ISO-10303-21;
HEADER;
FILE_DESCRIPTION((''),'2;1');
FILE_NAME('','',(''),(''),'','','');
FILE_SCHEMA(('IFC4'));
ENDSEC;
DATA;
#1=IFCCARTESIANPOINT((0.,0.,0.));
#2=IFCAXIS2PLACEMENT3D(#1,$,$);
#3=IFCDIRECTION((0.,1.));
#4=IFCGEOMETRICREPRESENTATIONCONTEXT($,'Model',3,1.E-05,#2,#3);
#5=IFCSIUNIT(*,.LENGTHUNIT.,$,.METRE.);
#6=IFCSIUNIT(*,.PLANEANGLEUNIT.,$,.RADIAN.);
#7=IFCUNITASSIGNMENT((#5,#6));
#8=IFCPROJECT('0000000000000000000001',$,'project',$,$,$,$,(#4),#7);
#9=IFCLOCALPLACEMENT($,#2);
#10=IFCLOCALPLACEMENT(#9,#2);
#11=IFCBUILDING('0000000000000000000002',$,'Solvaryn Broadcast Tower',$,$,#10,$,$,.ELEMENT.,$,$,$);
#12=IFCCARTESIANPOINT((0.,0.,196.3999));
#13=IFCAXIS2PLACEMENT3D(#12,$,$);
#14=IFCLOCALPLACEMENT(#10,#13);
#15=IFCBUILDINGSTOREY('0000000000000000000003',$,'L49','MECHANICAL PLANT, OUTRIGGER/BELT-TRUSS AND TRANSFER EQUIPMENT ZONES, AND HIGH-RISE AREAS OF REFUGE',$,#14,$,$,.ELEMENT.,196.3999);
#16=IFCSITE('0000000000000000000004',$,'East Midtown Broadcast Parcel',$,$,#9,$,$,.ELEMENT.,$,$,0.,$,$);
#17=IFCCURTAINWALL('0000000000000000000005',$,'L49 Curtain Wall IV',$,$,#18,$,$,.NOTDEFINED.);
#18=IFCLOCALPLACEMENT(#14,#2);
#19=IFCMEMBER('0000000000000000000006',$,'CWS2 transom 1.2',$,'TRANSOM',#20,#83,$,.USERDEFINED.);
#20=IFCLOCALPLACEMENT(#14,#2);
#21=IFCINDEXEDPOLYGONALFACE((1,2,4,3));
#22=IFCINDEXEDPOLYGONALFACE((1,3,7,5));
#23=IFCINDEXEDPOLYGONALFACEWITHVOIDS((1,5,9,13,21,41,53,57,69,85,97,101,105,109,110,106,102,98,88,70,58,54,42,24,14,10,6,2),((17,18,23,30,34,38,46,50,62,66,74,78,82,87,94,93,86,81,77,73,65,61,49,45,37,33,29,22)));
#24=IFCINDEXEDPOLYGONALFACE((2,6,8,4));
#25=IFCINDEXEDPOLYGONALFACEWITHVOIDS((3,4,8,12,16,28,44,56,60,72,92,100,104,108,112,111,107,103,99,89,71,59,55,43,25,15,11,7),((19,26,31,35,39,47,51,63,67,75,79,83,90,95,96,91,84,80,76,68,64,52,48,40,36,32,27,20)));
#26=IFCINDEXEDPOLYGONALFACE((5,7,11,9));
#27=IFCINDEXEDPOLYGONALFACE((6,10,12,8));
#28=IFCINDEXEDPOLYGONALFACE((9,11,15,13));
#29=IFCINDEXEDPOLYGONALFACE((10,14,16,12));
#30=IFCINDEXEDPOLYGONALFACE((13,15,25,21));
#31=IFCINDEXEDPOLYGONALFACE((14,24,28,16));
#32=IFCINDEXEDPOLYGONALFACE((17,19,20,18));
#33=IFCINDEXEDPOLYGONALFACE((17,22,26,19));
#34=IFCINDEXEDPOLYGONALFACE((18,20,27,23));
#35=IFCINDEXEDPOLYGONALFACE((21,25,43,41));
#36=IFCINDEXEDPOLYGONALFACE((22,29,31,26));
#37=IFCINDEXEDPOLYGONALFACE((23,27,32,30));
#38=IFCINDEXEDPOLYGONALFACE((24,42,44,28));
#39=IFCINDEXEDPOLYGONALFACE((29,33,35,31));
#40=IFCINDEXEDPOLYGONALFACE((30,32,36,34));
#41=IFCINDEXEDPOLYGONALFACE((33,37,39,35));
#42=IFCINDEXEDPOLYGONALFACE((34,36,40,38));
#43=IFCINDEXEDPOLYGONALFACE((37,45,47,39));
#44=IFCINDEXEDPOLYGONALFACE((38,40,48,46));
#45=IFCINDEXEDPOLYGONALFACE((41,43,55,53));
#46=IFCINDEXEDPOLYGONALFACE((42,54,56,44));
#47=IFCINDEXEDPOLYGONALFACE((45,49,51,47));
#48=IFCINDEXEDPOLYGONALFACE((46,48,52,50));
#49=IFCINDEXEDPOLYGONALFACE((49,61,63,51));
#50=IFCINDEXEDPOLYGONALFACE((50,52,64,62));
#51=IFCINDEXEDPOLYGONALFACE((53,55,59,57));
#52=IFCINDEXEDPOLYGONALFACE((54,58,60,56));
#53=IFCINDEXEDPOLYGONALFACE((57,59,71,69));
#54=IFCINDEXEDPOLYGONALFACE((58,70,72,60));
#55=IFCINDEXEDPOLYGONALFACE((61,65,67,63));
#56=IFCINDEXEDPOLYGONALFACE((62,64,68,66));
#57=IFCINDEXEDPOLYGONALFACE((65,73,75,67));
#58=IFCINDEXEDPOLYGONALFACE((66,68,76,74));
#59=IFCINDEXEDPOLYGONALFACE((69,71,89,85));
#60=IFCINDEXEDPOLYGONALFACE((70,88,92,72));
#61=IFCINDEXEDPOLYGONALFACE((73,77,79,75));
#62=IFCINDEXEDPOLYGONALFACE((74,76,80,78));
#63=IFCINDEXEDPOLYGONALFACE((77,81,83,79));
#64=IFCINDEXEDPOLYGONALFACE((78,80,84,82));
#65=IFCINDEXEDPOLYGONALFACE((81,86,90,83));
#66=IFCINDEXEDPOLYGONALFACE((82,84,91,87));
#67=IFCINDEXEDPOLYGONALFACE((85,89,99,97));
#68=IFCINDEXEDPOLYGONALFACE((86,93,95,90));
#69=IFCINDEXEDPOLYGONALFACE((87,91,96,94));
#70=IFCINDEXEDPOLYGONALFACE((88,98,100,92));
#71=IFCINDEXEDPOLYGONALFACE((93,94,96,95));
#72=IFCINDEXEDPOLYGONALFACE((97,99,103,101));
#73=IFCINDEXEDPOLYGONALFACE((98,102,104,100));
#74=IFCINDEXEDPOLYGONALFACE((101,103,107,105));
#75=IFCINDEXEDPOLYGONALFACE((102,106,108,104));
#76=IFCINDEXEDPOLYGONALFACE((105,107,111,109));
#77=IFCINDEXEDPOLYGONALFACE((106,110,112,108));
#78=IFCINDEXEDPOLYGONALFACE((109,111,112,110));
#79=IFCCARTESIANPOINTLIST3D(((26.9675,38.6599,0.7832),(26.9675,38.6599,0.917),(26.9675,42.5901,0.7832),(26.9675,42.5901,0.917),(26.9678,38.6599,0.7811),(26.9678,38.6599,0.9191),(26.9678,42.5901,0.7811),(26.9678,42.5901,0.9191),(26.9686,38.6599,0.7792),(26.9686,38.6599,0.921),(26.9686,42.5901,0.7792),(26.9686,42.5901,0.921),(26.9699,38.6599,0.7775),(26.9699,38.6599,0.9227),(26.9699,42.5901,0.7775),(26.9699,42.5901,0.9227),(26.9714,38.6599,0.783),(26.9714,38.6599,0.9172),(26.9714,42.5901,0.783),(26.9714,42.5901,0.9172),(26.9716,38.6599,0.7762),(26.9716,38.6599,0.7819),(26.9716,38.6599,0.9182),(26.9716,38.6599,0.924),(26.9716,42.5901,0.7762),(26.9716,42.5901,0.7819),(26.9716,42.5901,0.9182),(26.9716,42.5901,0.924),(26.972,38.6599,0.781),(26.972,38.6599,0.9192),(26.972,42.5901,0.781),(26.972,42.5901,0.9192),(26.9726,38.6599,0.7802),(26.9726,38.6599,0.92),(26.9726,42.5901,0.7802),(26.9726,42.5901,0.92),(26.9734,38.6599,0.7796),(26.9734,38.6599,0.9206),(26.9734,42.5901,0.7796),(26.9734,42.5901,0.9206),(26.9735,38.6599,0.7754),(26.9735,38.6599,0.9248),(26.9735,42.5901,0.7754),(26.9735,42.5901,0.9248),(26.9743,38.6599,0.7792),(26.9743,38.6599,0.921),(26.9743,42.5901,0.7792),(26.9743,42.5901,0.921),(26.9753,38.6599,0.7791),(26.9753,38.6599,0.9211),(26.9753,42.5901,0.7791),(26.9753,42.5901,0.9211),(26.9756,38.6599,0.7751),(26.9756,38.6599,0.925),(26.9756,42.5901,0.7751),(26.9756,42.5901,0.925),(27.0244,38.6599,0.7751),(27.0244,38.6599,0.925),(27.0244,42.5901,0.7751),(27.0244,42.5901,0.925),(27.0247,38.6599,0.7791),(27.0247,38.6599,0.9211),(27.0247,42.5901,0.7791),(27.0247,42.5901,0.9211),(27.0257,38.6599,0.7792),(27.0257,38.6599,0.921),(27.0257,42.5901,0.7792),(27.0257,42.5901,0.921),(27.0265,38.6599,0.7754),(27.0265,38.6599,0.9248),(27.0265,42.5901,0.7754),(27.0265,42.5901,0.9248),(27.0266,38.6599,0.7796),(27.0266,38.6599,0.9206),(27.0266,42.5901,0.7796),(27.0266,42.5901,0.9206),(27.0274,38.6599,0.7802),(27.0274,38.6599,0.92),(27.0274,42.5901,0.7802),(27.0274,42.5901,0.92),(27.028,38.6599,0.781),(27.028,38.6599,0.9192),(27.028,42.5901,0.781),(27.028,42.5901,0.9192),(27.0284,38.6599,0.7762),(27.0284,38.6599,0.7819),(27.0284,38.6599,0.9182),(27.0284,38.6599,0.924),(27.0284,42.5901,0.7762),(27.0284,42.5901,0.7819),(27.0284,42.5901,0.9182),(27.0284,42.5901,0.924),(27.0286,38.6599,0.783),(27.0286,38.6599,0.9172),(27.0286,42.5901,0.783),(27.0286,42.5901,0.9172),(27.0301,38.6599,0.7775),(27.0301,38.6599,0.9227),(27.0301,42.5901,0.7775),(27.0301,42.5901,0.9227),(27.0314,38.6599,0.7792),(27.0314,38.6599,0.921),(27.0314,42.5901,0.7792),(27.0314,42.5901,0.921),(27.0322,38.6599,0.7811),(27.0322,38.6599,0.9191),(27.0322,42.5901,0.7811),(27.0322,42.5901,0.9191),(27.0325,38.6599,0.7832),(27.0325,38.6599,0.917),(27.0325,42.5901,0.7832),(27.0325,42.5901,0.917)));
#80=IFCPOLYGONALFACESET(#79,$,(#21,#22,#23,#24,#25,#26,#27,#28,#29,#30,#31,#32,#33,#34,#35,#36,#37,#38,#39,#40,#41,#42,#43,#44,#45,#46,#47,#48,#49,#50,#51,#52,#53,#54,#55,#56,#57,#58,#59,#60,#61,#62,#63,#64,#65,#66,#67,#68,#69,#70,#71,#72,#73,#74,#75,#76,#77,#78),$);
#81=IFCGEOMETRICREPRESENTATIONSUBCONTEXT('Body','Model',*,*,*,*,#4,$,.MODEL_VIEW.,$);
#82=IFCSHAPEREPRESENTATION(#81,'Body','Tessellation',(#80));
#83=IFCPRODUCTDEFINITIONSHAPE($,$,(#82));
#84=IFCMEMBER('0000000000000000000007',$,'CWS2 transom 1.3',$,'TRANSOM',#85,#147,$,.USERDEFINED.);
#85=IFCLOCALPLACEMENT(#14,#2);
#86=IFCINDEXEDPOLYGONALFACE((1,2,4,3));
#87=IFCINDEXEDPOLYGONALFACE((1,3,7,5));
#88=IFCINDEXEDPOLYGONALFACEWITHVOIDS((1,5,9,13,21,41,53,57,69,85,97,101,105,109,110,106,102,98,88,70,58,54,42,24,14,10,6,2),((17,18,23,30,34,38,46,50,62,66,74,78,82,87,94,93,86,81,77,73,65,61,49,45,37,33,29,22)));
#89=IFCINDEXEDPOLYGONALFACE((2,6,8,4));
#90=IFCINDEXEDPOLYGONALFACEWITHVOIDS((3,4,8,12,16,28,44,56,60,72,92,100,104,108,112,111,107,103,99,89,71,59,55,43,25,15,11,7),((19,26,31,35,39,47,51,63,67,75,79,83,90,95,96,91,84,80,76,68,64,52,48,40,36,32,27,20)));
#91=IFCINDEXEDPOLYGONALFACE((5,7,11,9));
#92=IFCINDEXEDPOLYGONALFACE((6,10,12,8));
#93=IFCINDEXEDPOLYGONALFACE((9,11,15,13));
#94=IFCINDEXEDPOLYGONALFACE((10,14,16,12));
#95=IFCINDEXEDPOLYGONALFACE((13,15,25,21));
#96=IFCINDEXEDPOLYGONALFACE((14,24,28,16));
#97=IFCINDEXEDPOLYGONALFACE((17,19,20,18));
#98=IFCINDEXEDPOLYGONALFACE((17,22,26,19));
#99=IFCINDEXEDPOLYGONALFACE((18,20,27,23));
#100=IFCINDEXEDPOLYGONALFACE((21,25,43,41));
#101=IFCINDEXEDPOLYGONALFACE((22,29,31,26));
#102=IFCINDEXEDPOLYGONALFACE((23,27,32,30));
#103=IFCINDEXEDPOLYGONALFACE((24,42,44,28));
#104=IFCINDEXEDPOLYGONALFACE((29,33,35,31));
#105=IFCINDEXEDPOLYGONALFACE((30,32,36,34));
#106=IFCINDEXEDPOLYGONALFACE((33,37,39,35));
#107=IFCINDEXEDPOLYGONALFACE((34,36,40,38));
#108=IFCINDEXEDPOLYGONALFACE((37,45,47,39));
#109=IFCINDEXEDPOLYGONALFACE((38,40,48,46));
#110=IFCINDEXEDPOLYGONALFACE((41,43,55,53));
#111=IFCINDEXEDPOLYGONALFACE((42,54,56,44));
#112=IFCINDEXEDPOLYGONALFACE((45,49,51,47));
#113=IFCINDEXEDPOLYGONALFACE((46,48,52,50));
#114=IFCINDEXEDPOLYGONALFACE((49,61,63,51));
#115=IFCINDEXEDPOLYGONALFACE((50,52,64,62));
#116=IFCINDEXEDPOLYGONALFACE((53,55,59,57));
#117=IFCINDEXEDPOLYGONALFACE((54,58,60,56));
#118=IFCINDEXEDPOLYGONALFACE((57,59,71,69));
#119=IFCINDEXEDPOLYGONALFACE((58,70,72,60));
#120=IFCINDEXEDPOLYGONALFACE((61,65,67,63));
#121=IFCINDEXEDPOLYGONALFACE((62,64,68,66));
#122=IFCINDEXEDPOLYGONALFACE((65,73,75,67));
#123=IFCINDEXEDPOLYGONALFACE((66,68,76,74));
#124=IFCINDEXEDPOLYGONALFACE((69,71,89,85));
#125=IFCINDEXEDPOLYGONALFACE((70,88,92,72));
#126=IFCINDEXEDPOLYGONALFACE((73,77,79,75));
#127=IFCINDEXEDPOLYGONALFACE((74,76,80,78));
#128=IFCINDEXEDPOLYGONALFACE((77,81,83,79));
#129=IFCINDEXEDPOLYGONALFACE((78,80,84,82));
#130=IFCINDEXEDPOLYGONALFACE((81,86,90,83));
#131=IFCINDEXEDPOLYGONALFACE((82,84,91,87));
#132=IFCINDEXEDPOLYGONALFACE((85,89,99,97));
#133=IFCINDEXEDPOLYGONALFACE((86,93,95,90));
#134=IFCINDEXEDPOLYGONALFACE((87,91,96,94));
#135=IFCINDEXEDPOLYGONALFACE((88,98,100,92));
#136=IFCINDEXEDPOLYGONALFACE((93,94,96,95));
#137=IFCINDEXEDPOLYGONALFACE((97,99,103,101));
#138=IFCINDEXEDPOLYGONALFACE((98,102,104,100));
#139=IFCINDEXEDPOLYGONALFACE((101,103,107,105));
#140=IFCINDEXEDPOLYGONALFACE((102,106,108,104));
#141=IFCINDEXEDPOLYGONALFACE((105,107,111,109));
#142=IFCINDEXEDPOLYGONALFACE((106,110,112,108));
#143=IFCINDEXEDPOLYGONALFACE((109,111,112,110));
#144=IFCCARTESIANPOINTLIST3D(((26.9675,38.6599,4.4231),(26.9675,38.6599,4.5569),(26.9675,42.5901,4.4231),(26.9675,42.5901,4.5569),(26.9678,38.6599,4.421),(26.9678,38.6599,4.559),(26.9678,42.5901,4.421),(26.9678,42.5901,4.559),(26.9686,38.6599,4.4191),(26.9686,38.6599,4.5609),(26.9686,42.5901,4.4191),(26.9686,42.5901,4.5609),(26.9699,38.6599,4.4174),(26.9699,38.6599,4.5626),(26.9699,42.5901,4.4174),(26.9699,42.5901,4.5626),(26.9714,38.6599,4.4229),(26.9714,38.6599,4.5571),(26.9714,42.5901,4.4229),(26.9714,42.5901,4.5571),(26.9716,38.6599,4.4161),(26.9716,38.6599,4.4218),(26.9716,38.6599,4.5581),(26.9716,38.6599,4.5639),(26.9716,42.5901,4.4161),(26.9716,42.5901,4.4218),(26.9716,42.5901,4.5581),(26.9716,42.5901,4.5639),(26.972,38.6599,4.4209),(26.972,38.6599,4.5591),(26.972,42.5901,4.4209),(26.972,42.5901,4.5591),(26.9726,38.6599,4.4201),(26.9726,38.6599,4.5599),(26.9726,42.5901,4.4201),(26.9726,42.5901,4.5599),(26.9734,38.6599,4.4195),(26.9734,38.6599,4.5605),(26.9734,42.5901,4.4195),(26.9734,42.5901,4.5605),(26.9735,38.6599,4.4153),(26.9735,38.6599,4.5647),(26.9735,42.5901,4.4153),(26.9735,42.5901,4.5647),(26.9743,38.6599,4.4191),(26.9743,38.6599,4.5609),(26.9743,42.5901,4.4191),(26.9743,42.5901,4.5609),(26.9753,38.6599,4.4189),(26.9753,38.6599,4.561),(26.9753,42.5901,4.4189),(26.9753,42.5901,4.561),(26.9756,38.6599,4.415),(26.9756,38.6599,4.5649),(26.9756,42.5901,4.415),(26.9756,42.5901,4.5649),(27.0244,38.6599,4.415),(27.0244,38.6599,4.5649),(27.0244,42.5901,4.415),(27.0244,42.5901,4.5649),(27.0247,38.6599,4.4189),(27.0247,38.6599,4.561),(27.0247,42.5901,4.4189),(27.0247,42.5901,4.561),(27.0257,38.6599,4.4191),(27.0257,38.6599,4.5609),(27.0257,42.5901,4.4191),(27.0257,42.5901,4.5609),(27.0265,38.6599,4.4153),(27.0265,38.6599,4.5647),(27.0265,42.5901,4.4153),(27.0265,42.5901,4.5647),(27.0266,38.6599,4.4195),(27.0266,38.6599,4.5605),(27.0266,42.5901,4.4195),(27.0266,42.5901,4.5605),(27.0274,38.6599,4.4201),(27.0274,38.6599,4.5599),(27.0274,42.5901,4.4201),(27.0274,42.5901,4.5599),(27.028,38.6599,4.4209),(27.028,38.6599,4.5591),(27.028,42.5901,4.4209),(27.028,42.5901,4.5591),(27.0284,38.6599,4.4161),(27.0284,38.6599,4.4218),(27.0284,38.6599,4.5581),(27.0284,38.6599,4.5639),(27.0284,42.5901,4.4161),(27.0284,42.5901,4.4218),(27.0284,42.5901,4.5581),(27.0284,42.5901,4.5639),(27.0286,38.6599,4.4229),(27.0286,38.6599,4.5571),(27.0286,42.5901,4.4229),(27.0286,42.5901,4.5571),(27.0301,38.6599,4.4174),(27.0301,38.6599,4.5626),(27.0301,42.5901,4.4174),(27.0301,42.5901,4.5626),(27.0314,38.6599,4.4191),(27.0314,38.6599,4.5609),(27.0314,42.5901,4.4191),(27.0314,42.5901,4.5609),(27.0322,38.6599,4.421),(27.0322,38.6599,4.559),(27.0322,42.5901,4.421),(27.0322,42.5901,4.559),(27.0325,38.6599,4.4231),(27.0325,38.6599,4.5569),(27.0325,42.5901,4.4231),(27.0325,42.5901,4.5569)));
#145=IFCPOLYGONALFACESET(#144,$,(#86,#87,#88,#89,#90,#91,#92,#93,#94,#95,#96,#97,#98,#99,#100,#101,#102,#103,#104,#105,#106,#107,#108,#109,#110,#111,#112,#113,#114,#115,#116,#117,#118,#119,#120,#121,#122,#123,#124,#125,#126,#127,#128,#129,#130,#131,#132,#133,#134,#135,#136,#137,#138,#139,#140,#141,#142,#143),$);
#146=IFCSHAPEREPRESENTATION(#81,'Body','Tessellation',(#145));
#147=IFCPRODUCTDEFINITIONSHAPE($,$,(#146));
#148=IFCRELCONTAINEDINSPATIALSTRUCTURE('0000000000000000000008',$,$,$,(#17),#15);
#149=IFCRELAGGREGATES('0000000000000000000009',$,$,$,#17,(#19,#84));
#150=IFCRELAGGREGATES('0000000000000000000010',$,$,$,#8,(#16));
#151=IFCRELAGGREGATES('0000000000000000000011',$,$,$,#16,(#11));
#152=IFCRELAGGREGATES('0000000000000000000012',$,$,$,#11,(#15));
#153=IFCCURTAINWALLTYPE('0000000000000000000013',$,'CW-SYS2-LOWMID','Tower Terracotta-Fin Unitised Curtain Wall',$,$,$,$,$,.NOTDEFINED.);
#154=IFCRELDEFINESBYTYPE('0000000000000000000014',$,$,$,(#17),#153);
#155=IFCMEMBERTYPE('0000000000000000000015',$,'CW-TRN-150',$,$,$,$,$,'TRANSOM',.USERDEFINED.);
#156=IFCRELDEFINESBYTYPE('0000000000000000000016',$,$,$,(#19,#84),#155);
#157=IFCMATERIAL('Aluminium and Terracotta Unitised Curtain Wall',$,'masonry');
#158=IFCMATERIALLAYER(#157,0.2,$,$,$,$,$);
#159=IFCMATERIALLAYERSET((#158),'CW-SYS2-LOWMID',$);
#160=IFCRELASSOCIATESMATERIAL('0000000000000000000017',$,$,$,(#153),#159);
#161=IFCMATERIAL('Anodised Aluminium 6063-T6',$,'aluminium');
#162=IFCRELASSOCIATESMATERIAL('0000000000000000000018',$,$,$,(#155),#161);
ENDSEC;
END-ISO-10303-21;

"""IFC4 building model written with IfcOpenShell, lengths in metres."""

from ifc_helpers import new_model, si_unit, direction, frame, origin, origin_2d, place, context, subcontext, project, spatial, hollow_rectangle, extrude, material, layer, layer_set, material_profile, profile_set, type_object, element, aggregate, save


model = new_model("IFC4")

# Units and contexts
model_context = context("Model", 3, precision=1e-05, world=origin(), true_north=direction((0.0, 1.0)))
body_context = subcontext(model_context, "Body", "Model", "MODEL_VIEW")
ifc_project = project(units=[si_unit("LENGTHUNIT", "METRE"), si_unit("PLANEANGLEUNIT", "RADIAN")], contexts=[model_context])

# Site, building, storey
site_placement = place(None, origin())
site = spatial("IfcSite", under=ifc_project, at=site_placement, Name="East Midtown Broadcast Parcel", CompositionType="ELEMENT", RefElevation=0.0)
building_placement = place(site_placement, origin())
building = spatial("IfcBuilding", under=site, at=building_placement, Name="Solvaryn Broadcast Tower", CompositionType="ELEMENT")
storey_placement = place(building_placement, frame((0.0, 0.0, 196.3999)))
storey = spatial("IfcBuildingStorey", under=building, at=storey_placement, Name="L49", Description="MECHANICAL PLANT, OUTRIGGER/BELT-TRUSS AND TRANSFER EQUIPMENT ZONES, AND HIGH-RISE AREAS OF REFUGE", CompositionType="ELEMENT", Elevation=196.3999)

# Curtain wall
ifc_material_1 = material(Name="Aluminium and Terracotta Unitised Curtain Wall", Category="masonry")
ifc_layer_1 = layer(ifc_material_1, 0.2)
ifc_layer_set_1 = layer_set([ifc_layer_1], Name="CW-SYS2-LOWMID")
curtain_wall_type = type_object("IfcCurtainWallType", Name="CW-SYS2-LOWMID", Description="Tower Terracotta-Fin Unitised Curtain Wall", PredefinedType="NOTDEFINED", material=ifc_layer_set_1)
curtain_wall_1_placement = place(storey_placement, origin())
curtain_wall_1 = element("IfcCurtainWall", 1, at=curtain_wall_1_placement, inside=storey, type_object=curtain_wall_type, Name="L49 Curtain Wall IV", PredefinedType="NOTDEFINED")

# Members
ifc_material_2 = material(Name="Anodised Aluminium 6063-T6", Category="aluminium")
ifc_material_profile_1 = material_profile(ifc_material_2, hollow_rectangle(XDim=0.0649, YDim=0.1499, WallThickness=0.0039, InnerFilletRadius=0.0039, OuterFilletRadius=0.0081, at=origin_2d()))
ifc_profile_set_1 = profile_set([ifc_material_profile_1], Name="Anodised Aluminium 6063-T6")
member_type_1 = type_object("IfcMemberType", Name="CW-TRN-150", ElementType="TRANSOM", PredefinedType="USERDEFINED", material=ifc_profile_set_1)
member_1_placement = place(storey_placement, frame((27.0, 42.5901, 0.8501), z_axis=(0.0, -1.0, 0.0), x_axis=(1.0, 0.0, 0.0)))
member_1 = element("IfcMember", 2, at=member_1_placement, type_object=member_type_1, Name="CWS2 transom 1.2", ObjectType="TRANSOM", PredefinedType="USERDEFINED", context=body_context, shape_type="SweptSolid", body=[
    extrude(hollow_rectangle(XDim=0.0649, YDim=0.1499, WallThickness=0.0039, InnerFilletRadius=0.0039, OuterFilletRadius=0.0081, at=origin_2d()), origin(), (0.0, 0.0, 1.0), 3.9302),
])
member_2_placement = place(storey_placement, frame((27.0, 42.5901, 4.49), z_axis=(0.0, -1.0, 0.0), x_axis=(1.0, 0.0, 0.0)))
member_2 = element("IfcMember", 3, at=member_2_placement, type_object=member_type_1, Name="CWS2 transom 1.3", ObjectType="TRANSOM", PredefinedType="USERDEFINED", context=body_context, shape_type="SweptSolid", body=[
    extrude(hollow_rectangle(XDim=0.0649, YDim=0.1499, WallThickness=0.0039, InnerFilletRadius=0.0039, OuterFilletRadius=0.0081, at=origin_2d()), origin(), (0.0, 0.0, 1.0), 3.9302),
])

aggregate(curtain_wall_1, [member_1, member_2])

save(model, "model.ifc")
